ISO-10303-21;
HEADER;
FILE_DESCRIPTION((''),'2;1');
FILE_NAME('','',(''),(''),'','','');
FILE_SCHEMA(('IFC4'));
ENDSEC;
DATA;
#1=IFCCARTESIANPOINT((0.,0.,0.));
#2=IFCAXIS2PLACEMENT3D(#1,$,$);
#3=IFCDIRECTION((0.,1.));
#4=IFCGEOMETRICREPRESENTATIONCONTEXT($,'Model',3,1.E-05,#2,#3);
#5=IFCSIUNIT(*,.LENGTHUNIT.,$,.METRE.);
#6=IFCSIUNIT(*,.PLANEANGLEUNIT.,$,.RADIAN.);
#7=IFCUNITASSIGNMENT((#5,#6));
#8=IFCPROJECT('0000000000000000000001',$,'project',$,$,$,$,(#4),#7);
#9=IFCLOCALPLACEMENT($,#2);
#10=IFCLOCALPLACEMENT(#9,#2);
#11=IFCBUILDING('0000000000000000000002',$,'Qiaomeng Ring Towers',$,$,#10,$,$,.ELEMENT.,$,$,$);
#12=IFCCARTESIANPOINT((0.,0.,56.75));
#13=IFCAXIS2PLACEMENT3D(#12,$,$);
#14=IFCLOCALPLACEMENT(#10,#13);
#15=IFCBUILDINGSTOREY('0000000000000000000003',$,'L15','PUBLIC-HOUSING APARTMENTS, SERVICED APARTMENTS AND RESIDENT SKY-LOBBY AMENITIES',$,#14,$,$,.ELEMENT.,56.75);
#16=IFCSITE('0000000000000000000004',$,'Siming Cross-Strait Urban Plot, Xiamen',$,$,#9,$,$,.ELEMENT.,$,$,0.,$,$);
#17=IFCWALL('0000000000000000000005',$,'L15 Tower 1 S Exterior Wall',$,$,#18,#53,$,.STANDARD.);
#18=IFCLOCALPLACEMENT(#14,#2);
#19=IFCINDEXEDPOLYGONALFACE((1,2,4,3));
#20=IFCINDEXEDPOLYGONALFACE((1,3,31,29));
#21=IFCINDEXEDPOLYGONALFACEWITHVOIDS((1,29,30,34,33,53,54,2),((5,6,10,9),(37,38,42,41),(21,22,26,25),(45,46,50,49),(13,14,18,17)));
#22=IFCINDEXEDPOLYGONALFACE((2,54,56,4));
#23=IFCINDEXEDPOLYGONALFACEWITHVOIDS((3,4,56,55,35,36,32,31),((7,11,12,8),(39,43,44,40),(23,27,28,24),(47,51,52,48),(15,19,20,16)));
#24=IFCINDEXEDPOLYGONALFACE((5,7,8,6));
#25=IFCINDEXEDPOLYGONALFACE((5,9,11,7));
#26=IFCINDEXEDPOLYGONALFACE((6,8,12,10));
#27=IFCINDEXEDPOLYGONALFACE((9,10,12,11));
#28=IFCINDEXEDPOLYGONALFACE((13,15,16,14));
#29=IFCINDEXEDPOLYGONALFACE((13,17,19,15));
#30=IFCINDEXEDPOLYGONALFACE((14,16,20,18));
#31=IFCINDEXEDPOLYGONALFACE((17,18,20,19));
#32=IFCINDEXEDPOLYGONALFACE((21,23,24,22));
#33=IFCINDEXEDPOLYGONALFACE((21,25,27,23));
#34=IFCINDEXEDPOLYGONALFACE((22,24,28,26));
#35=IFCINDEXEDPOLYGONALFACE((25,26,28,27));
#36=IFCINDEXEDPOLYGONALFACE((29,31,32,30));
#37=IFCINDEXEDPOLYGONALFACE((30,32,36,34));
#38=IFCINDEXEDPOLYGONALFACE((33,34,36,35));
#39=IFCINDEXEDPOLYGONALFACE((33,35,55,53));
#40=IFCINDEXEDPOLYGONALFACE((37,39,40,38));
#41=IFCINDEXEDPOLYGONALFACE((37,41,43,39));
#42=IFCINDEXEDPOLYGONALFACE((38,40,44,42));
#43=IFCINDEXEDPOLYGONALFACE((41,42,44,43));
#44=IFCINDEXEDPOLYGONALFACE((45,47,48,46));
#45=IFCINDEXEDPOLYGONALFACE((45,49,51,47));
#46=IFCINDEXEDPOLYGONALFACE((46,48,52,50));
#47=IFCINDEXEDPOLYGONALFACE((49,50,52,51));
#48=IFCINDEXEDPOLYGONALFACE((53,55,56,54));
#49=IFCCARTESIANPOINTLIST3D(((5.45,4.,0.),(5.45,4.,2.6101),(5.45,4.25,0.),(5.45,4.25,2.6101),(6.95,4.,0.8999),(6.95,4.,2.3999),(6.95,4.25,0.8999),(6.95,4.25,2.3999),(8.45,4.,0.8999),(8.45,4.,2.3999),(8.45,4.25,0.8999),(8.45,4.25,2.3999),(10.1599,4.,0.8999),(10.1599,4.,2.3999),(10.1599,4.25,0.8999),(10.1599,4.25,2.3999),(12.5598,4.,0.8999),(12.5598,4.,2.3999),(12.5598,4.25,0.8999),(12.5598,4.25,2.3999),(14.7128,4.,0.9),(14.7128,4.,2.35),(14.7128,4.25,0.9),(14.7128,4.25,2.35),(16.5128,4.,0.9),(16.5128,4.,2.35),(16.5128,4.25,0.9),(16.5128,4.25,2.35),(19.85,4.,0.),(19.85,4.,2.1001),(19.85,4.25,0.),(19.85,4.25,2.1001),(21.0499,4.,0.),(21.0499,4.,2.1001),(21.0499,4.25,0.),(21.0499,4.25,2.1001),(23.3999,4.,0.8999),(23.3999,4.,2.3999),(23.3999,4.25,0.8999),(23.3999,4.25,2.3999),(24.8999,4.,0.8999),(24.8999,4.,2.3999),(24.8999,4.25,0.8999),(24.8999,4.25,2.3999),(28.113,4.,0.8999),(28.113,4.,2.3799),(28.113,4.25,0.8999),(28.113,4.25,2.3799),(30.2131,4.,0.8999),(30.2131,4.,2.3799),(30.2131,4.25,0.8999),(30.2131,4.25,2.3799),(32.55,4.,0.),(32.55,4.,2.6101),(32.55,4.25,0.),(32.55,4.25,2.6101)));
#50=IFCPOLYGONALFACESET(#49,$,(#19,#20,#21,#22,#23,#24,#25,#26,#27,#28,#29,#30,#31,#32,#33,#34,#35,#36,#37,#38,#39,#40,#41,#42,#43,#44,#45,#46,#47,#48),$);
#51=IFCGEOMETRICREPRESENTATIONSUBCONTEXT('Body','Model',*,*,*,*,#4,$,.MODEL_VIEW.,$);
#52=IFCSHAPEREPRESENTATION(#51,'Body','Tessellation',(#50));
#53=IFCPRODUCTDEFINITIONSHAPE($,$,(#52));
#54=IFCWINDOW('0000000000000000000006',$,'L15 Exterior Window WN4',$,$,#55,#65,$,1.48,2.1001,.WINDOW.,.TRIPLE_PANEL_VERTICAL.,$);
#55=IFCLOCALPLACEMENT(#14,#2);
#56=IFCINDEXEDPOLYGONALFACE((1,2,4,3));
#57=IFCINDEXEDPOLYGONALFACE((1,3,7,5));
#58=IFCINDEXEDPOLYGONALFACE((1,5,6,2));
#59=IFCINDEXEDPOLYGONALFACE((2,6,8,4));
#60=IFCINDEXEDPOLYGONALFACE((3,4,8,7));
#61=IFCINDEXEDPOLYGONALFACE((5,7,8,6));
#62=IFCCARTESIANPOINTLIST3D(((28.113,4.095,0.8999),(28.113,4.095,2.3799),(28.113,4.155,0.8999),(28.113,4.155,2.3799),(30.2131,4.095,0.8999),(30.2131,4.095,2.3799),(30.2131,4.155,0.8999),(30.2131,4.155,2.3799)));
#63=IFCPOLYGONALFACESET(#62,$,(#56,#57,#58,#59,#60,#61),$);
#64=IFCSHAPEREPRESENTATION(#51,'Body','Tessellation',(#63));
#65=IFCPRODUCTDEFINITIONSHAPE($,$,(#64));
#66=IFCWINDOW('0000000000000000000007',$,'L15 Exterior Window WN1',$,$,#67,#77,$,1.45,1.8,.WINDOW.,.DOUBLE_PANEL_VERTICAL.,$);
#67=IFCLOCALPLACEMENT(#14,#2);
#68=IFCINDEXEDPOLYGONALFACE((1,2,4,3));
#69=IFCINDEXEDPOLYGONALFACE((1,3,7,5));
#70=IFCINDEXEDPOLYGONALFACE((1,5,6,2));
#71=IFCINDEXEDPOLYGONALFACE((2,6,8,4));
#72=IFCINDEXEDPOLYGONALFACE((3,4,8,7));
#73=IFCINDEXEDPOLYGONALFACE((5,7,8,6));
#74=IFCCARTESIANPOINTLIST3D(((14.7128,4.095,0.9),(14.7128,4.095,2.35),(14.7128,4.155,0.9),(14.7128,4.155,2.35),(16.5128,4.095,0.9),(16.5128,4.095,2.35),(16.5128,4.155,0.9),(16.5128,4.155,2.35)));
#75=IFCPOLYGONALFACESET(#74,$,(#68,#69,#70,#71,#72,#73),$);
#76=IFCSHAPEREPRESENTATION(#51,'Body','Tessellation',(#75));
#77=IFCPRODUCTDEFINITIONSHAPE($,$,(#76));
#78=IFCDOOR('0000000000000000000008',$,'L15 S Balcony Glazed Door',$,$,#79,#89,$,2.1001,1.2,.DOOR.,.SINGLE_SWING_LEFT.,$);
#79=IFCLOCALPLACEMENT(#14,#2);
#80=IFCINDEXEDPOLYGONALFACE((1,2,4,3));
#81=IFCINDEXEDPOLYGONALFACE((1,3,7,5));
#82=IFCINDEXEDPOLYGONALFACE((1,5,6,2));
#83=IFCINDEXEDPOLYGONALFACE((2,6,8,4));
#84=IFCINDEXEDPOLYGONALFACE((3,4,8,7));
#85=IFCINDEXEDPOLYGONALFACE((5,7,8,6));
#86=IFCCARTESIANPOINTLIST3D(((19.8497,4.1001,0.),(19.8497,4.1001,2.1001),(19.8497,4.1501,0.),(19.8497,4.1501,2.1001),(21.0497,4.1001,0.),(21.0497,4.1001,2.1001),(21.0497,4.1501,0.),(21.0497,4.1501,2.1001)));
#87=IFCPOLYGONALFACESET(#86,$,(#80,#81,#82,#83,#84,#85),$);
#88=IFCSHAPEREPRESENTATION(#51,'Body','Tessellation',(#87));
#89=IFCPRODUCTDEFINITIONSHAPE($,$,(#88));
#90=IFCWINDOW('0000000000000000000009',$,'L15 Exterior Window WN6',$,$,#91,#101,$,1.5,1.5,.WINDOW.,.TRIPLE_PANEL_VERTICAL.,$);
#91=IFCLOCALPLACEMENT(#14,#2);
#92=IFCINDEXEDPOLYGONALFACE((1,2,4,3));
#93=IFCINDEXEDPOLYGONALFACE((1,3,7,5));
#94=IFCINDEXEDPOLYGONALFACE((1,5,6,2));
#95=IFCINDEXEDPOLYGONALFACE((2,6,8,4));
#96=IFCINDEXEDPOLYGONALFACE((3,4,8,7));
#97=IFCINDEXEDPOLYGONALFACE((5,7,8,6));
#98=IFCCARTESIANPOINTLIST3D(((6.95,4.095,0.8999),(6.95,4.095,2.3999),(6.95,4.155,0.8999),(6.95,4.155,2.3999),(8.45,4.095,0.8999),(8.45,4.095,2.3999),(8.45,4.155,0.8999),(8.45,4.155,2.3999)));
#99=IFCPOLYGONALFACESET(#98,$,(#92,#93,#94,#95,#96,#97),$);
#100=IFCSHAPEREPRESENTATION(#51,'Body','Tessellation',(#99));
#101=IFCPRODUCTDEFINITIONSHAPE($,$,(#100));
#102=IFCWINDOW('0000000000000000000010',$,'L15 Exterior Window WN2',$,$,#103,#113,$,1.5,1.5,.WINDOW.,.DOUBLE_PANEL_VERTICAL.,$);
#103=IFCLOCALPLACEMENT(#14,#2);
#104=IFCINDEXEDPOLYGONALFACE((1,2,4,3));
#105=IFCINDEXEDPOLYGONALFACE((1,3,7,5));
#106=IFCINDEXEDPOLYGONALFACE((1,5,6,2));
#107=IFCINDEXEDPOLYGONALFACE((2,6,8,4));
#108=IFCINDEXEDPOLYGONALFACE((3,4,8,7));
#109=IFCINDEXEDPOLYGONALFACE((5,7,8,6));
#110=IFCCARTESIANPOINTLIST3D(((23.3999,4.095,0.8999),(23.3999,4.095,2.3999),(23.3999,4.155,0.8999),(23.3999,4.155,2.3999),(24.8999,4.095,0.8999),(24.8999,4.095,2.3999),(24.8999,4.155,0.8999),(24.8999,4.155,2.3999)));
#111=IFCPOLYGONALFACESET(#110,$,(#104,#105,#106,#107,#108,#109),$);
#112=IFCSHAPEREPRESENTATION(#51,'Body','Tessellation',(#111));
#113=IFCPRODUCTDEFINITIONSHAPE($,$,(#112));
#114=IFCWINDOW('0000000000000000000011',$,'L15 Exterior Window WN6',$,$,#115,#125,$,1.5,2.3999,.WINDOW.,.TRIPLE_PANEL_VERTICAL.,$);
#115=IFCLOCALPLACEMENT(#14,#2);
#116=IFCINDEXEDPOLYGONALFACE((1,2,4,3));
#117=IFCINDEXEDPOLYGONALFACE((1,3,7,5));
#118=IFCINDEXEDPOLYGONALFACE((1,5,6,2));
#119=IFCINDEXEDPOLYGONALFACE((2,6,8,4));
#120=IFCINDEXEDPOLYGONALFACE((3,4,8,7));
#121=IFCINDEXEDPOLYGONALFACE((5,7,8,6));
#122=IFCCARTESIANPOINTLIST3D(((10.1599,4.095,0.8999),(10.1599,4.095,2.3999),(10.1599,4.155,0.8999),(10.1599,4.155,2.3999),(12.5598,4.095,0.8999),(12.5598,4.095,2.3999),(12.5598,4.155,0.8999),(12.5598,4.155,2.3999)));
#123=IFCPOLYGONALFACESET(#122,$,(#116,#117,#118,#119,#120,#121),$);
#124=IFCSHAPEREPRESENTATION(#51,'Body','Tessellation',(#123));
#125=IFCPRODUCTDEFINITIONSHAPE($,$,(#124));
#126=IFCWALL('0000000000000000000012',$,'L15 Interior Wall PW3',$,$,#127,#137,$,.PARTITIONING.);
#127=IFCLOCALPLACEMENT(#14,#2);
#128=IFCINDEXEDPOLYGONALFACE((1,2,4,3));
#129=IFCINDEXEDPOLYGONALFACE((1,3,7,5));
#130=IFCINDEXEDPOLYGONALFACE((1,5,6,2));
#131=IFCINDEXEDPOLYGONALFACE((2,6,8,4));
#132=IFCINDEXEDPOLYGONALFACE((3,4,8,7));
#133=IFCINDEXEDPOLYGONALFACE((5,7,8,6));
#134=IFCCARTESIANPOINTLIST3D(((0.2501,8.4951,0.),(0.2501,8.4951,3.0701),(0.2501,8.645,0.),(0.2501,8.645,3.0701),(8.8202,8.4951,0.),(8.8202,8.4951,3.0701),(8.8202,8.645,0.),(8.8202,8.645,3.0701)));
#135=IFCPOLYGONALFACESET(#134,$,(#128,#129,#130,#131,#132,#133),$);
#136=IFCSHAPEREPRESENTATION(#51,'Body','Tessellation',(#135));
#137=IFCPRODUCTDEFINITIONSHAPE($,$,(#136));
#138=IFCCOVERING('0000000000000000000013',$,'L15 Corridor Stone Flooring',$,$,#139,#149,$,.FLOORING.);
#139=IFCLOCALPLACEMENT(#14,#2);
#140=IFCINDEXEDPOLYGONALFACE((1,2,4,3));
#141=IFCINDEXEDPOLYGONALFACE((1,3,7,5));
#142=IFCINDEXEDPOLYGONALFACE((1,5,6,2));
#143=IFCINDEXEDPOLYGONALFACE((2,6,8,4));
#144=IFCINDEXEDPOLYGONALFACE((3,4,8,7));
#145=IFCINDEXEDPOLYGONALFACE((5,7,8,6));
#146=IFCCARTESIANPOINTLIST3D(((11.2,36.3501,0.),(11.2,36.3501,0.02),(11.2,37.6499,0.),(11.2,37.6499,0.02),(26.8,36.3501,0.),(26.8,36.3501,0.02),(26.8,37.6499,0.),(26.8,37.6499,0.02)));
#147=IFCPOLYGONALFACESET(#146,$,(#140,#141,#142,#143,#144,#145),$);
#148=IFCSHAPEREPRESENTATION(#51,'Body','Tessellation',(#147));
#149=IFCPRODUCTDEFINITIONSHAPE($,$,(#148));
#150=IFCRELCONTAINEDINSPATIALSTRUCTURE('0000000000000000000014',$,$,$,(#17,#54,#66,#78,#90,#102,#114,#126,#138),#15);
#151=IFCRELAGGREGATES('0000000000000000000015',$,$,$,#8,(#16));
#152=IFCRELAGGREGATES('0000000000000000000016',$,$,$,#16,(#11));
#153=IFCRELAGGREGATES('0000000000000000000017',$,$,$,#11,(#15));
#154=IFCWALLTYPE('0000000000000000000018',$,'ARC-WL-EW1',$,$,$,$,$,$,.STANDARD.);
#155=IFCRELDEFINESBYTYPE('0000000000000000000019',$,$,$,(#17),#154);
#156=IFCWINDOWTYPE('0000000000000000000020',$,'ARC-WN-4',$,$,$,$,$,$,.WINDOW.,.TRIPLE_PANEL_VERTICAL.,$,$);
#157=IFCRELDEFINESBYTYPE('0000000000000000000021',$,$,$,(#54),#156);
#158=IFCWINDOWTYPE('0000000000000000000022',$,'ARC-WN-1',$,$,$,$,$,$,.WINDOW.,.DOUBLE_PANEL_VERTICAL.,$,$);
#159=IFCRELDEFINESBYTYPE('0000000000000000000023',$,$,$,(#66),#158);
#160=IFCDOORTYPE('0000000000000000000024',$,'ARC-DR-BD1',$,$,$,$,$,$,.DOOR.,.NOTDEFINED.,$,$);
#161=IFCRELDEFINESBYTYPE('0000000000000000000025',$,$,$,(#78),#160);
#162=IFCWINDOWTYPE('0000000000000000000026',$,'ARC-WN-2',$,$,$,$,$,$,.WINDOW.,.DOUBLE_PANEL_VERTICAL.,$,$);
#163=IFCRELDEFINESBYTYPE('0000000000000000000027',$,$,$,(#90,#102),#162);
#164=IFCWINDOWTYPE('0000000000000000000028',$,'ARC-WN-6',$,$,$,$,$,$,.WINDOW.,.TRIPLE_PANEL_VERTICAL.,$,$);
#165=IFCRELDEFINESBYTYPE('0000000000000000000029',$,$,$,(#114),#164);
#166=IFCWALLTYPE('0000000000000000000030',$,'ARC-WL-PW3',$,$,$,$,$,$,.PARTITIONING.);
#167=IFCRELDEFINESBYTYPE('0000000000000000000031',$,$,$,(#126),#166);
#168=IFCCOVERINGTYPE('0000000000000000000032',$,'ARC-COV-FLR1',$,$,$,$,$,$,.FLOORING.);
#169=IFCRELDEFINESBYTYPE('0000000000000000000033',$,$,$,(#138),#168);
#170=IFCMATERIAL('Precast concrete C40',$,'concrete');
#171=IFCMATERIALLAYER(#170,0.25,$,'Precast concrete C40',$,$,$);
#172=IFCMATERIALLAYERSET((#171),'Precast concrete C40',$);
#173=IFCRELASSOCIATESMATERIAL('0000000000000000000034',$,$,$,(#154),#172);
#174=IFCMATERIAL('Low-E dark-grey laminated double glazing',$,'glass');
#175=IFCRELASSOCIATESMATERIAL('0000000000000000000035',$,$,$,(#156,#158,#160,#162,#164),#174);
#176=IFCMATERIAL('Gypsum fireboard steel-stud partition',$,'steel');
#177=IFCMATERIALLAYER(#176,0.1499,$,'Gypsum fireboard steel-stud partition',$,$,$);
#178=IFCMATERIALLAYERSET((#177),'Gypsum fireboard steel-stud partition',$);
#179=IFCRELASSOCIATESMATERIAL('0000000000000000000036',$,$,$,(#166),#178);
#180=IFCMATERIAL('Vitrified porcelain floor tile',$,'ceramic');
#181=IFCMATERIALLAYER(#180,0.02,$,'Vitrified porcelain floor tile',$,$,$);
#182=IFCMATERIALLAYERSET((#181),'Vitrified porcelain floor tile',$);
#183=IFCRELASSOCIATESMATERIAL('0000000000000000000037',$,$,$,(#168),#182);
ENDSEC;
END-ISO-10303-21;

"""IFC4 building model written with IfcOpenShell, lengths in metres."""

from ifc_helpers import new_model, si_unit, direction, frame, frame_2d, origin, place, context, subcontext, project, spatial, polyline, rectangle, outline, extrude, source, transform, mapped, material, layer, layer_set, type_object, element, fill, save


model = new_model("IFC4")

# Units and contexts
model_context = context("Model", 3, precision=1e-05, world=origin(), true_north=direction((0.0, 1.0)))
body_context = subcontext(model_context, "Body", "Model", "MODEL_VIEW")
ifc_project = project(units=[si_unit("LENGTHUNIT", "METRE"), si_unit("PLANEANGLEUNIT", "RADIAN")], contexts=[model_context])

# Site, building, storey
site_placement = place(None, origin())
site = spatial("IfcSite", under=ifc_project, at=site_placement, Name="Siming Cross-Strait Urban Plot, Xiamen", CompositionType="ELEMENT", RefElevation=0.0)
building_placement = place(site_placement, origin())
building = spatial("IfcBuilding", under=site, at=building_placement, Name="Qiaomeng Ring Towers", CompositionType="ELEMENT")
storey_placement = place(building_placement, frame((0.0, 0.0, 56.75)))
storey = spatial("IfcBuildingStorey", under=building, at=storey_placement, Name="L15", Description="PUBLIC-HOUSING APARTMENTS, SERVICED APARTMENTS AND RESIDENT SKY-LOBBY AMENITIES", CompositionType="ELEMENT", Elevation=56.75)

# Shared definitions
ifc_material_1 = material(Name="Low-E dark-grey laminated double glazing", Category="glass")

# Wall, openings, windows, door
ifc_material_2 = material(Name="Precast concrete C40", Category="concrete")
ifc_layer_1 = layer(ifc_material_2, 0.25, Name="Precast concrete C40")
ifc_layer_set_1 = layer_set([ifc_layer_1], Name="Precast concrete C40")
wall_type_1 = type_object("IfcWallType", Name="ARC-WL-EW1", PredefinedType="STANDARD", material=ifc_layer_set_1)
wall_1_placement = place(storey_placement, frame((5.45, 4.125, 0.0), z_axis=(0.0, 0.0, 1.0), x_axis=(1.0, 0.0, 0.0)))
wall_1 = element("IfcWall", 1, at=wall_1_placement, inside=storey, type_object=wall_type_1, Name="L15 Tower 1 S Exterior Wall", PredefinedType="STANDARD", context=body_context, shape_type="SweptSolid", body=[
    extrude(rectangle(XDim=27.1001, YDim=0.25, at=frame_2d((13.55, 0.0))), origin(), (0.0, 0.0, 1.0), 2.6101),
])
opening_1_placement = place(wall_1_placement, frame((14.3999, 0.0, 0.0)))
opening_1 = element("IfcOpeningElement", 2, at=opening_1_placement, cuts=wall_1, PredefinedType="OPENING", context=body_context, shape_type="SweptSolid", body=[
    extrude(rectangle(XDim=1.2, YDim=2.1001, at=frame_2d((0.6001, 1.05))), frame((0.0, 0.135, 0.0), z_axis=(0.0, -1.0, 0.0), x_axis=(1.0, 0.0, 0.0)), (0.0, 0.0, 1.0), 0.27),
])
opening_2_placement = place(wall_1_placement, frame((1.5, 0.0, 0.8999)))
opening_2 = element("IfcOpeningElement", 3, at=opening_2_placement, cuts=wall_1, PredefinedType="OPENING", context=body_context, shape_type="SweptSolid", body=[
    extrude(rectangle(XDim=1.5, YDim=1.5, at=frame_2d((0.75, 0.75))), frame((0.0, 0.135, 0.0), z_axis=(0.0, -1.0, 0.0), x_axis=(1.0, 0.0, 0.0)), (0.0, 0.0, 1.0), 0.27),
])
opening_3_placement = place(wall_1_placement, frame((9.2629, 0.0, 0.8999)))
opening_3 = element("IfcOpeningElement", 4, at=opening_3_placement, cuts=wall_1, PredefinedType="OPENING", context=body_context, shape_type="SweptSolid", body=[
    extrude(rectangle(XDim=1.8, YDim=1.45, at=frame_2d((0.8999, 0.7251))), frame((0.0, 0.135, 0.0), z_axis=(0.0, -1.0, 0.0), x_axis=(1.0, 0.0, 0.0)), (0.0, 0.0, 1.0), 0.27),
])
opening_4_placement = place(wall_1_placement, frame((17.95, 0.0, 0.8999)))
opening_4 = element("IfcOpeningElement", 5, at=opening_4_placement, cuts=wall_1, PredefinedType="OPENING", context=body_context, shape_type="SweptSolid", body=[
    extrude(rectangle(XDim=1.5, YDim=1.5, at=frame_2d((0.75, 0.75))), frame((0.0, 0.135, 0.0), z_axis=(0.0, -1.0, 0.0), x_axis=(1.0, 0.0, 0.0)), (0.0, 0.0, 1.0), 0.27),
])
opening_5_placement = place(wall_1_placement, frame((22.6631, 0.0, 0.8999)))
opening_5 = element("IfcOpeningElement", 6, at=opening_5_placement, cuts=wall_1, PredefinedType="OPENING", context=body_context, shape_type="SweptSolid", body=[
    extrude(rectangle(XDim=2.1001, YDim=1.48, at=frame_2d((1.05, 0.74))), frame((0.0, 0.135, 0.0), z_axis=(0.0, -1.0, 0.0), x_axis=(1.0, 0.0, 0.0)), (0.0, 0.0, 1.0), 0.27),
])
opening_6_placement = place(wall_1_placement, frame((4.71, 0.0, 0.8999)))
opening_6 = element("IfcOpeningElement", 7, at=opening_6_placement, cuts=wall_1, PredefinedType="OPENING", context=body_context, shape_type="SweptSolid", body=[
    extrude(rectangle(XDim=2.3999, YDim=1.5, at=frame_2d((1.2, 0.75))), frame((0.0, 0.135, 0.0), z_axis=(0.0, -1.0, 0.0), x_axis=(1.0, 0.0, 0.0)), (0.0, 0.0, 1.0), 0.27),
])
window_type_1 = type_object("IfcWindowType", Name="ARC-WN-4", PartitioningType="TRIPLE_PANEL_VERTICAL", PredefinedType="WINDOW", material=ifc_material_1)
shared_shape_1 = source(origin(), body_context, "Body", "SweptSolid", [
    extrude(rectangle(XDim=2.1001, YDim=1.48, at=frame_2d((1.05, 0.74))), frame((0.0, 0.03, 0.0), z_axis=(0.0, -1.0, 0.0), x_axis=(1.0, 0.0, 0.0)), (0.0, 0.0, 1.0), 0.0601),
])
window_1_placement = place(opening_5_placement, origin())
window_1 = element("IfcWindow", 8, at=window_1_placement, inside=storey, type_object=window_type_1, Name="L15 Exterior Window WN4", OverallHeight=1.48, OverallWidth=2.1001, PartitioningType="TRIPLE_PANEL_VERTICAL", PredefinedType="WINDOW", context=body_context, shape_type="MappedRepresentation", body=[
    mapped(shared_shape_1, transform((0.0, 0.0, 0.0), x_axis=(1.0, 0.0, 0.0), y_axis=(0.0, 1.0, 0.0), z_axis=(0.0, 0.0, 1.0), scale=1.0)),
])
fill(opening_5, window_1)
window_type_2 = type_object("IfcWindowType", Name="ARC-WN-1", PartitioningType="DOUBLE_PANEL_VERTICAL", PredefinedType="WINDOW", material=ifc_material_1)
shared_shape_2 = source(origin(), body_context, "Body", "SweptSolid", [
    extrude(rectangle(XDim=1.8, YDim=1.45, at=frame_2d((0.8999, 0.7251))), frame((0.0, 0.03, 0.0), z_axis=(0.0, -1.0, 0.0), x_axis=(1.0, 0.0, 0.0)), (0.0, 0.0, 1.0), 0.0601),
])
window_2_placement = place(opening_3_placement, origin())
window_2 = element("IfcWindow", 9, at=window_2_placement, inside=storey, type_object=window_type_2, Name="L15 Exterior Window WN1", OverallHeight=1.45, OverallWidth=1.8, PartitioningType="DOUBLE_PANEL_VERTICAL", PredefinedType="WINDOW", context=body_context, shape_type="MappedRepresentation", body=[
    mapped(shared_shape_2, transform((0.0, 0.0, 0.0), x_axis=(1.0, 0.0, 0.0), y_axis=(0.0, 1.0, 0.0), z_axis=(0.0, 0.0, 1.0), scale=1.0)),
])
fill(opening_3, window_2)
door_type = type_object("IfcDoorType", Name="ARC-DR-BD1", OperationType="NOTDEFINED", PredefinedType="DOOR", material=ifc_material_1)
shared_shape_3 = source(origin(), body_context, "Body", "SweptSolid", [
    extrude(rectangle(XDim=1.2, YDim=2.1001, at=frame_2d((0.6001, 1.05))), frame((0.0, 0.0249, 0.0), z_axis=(0.0, -1.0, 0.0), x_axis=(1.0, 0.0, 0.0)), (0.0, 0.0, 1.0), 0.05),
])
door_placement = place(opening_1_placement, frame((1.2, 0.0, 0.0), z_axis=(0.0, 0.0, 1.0), x_axis=(-1.0, 0.0, 0.0)))
door = element("IfcDoor", 10, at=door_placement, inside=storey, type_object=door_type, Name="L15 S Balcony Glazed Door", OperationType="SINGLE_SWING_LEFT", OverallHeight=2.1001, OverallWidth=1.2, PredefinedType="DOOR", context=body_context, shape_type="MappedRepresentation", body=[
    mapped(shared_shape_3, transform((0.0, 0.0, 0.0), x_axis=(1.0, 0.0, 0.0), y_axis=(0.0, 1.0, 0.0), z_axis=(0.0, 0.0, 1.0), scale=1.0)),
])
fill(opening_1, door)
window_type_3 = type_object("IfcWindowType", Name="ARC-WN-2", PartitioningType="DOUBLE_PANEL_VERTICAL", PredefinedType="WINDOW", material=ifc_material_1)
shared_shape_4 = source(origin(), body_context, "Body", "SweptSolid", [
    extrude(rectangle(XDim=1.5, YDim=1.5, at=frame_2d((0.75, 0.75))), frame((0.0, 0.03, 0.0), z_axis=(0.0, -1.0, 0.0), x_axis=(1.0, 0.0, 0.0)), (0.0, 0.0, 1.0), 0.0601),
])
window_3_placement = place(opening_2_placement, origin())
window_3 = element("IfcWindow", 11, at=window_3_placement, inside=storey, type_object=window_type_3, Name="L15 Exterior Window WN6", OverallHeight=1.5, OverallWidth=1.5, PartitioningType="TRIPLE_PANEL_VERTICAL", PredefinedType="WINDOW", context=body_context, shape_type="MappedRepresentation", body=[
    mapped(shared_shape_4, transform((0.0, 0.0, 0.0), x_axis=(1.0, 0.0, 0.0), y_axis=(0.0, 1.0, 0.0), z_axis=(0.0, 0.0, 1.0), scale=1.0)),
])
fill(opening_2, window_3)
window_4_placement = place(opening_4_placement, origin())
window_4 = element("IfcWindow", 12, at=window_4_placement, inside=storey, type_object=window_type_3, Name="L15 Exterior Window WN2", OverallHeight=1.5, OverallWidth=1.5, PartitioningType="DOUBLE_PANEL_VERTICAL", PredefinedType="WINDOW", context=body_context, shape_type="MappedRepresentation", body=[
    mapped(shared_shape_4, transform((0.0, 0.0, 0.0), x_axis=(1.0, 0.0, 0.0), y_axis=(0.0, 1.0, 0.0), z_axis=(0.0, 0.0, 1.0), scale=1.0)),
])
fill(opening_4, window_4)
window_type_4 = type_object("IfcWindowType", Name="ARC-WN-6", PartitioningType="TRIPLE_PANEL_VERTICAL", PredefinedType="WINDOW", material=ifc_material_1)
shared_shape_5 = source(origin(), body_context, "Body", "SweptSolid", [
    extrude(rectangle(XDim=2.3999, YDim=1.5, at=frame_2d((1.2, 0.75))), frame((0.0, 0.03, 0.0), z_axis=(0.0, -1.0, 0.0), x_axis=(1.0, 0.0, 0.0)), (0.0, 0.0, 1.0), 0.0601),
])
window_5_placement = place(opening_6_placement, origin())
window_5 = element("IfcWindow", 13, at=window_5_placement, inside=storey, type_object=window_type_4, Name="L15 Exterior Window WN6", OverallHeight=1.5, OverallWidth=2.3999, PartitioningType="TRIPLE_PANEL_VERTICAL", PredefinedType="WINDOW", context=body_context, shape_type="MappedRepresentation", body=[
    mapped(shared_shape_5, transform((0.0, 0.0, 0.0), x_axis=(1.0, 0.0, 0.0), y_axis=(0.0, 1.0, 0.0), z_axis=(0.0, 0.0, 1.0), scale=1.0)),
])
fill(opening_6, window_5)

# Wall
ifc_material_3 = material(Name="Gypsum fireboard steel-stud partition", Category="steel")
ifc_layer_2 = layer(ifc_material_3, 0.1499, Name="Gypsum fireboard steel-stud partition")
ifc_layer_set_2 = layer_set([ifc_layer_2], Name="Gypsum fireboard steel-stud partition")
wall_type_2 = type_object("IfcWallType", Name="ARC-WL-PW3", PredefinedType="PARTITIONING", material=ifc_layer_set_2)
wall_2_placement = place(storey_placement, frame((0.25, 8.5701, 0.0), z_axis=(0.0, 0.0, 1.0), x_axis=(1.0, 0.0, 0.0)))
element("IfcWall", 14, at=wall_2_placement, inside=storey, type_object=wall_type_2, Name="L15 Interior Wall PW3", PredefinedType="PARTITIONING", context=body_context, shape_type="SweptSolid", body=[
    extrude(rectangle(XDim=8.5701, YDim=0.1499, at=frame_2d((4.2852, 0.0))), origin(), (0.0, 0.0, 1.0), 3.0701),
])

# Covering
ifc_material_4 = material(Name="Vitrified porcelain floor tile", Category="ceramic")
ifc_layer_3 = layer(ifc_material_4, 0.02, Name="Vitrified porcelain floor tile")
ifc_layer_set_3 = layer_set([ifc_layer_3], Name="Vitrified porcelain floor tile")
covering_type = type_object("IfcCoveringType", Name="ARC-COV-FLR1", PredefinedType="FLOORING", material=ifc_layer_set_3)
covering_placement = place(storey_placement, origin())
element("IfcCovering", 15, at=covering_placement, inside=storey, type_object=covering_type, Name="L15 Corridor Stone Flooring", PredefinedType="FLOORING", context=body_context, shape_type="SweptSolid", body=[
    extrude(outline(polyline([(11.2, 36.3501), (11.2, 37.6499), (26.8, 37.6499), (26.8, 36.3501), (11.2, 36.3501)])), origin(), (0.0, 0.0, 1.0), 0.02),
])

save(model, "model.ifc")
